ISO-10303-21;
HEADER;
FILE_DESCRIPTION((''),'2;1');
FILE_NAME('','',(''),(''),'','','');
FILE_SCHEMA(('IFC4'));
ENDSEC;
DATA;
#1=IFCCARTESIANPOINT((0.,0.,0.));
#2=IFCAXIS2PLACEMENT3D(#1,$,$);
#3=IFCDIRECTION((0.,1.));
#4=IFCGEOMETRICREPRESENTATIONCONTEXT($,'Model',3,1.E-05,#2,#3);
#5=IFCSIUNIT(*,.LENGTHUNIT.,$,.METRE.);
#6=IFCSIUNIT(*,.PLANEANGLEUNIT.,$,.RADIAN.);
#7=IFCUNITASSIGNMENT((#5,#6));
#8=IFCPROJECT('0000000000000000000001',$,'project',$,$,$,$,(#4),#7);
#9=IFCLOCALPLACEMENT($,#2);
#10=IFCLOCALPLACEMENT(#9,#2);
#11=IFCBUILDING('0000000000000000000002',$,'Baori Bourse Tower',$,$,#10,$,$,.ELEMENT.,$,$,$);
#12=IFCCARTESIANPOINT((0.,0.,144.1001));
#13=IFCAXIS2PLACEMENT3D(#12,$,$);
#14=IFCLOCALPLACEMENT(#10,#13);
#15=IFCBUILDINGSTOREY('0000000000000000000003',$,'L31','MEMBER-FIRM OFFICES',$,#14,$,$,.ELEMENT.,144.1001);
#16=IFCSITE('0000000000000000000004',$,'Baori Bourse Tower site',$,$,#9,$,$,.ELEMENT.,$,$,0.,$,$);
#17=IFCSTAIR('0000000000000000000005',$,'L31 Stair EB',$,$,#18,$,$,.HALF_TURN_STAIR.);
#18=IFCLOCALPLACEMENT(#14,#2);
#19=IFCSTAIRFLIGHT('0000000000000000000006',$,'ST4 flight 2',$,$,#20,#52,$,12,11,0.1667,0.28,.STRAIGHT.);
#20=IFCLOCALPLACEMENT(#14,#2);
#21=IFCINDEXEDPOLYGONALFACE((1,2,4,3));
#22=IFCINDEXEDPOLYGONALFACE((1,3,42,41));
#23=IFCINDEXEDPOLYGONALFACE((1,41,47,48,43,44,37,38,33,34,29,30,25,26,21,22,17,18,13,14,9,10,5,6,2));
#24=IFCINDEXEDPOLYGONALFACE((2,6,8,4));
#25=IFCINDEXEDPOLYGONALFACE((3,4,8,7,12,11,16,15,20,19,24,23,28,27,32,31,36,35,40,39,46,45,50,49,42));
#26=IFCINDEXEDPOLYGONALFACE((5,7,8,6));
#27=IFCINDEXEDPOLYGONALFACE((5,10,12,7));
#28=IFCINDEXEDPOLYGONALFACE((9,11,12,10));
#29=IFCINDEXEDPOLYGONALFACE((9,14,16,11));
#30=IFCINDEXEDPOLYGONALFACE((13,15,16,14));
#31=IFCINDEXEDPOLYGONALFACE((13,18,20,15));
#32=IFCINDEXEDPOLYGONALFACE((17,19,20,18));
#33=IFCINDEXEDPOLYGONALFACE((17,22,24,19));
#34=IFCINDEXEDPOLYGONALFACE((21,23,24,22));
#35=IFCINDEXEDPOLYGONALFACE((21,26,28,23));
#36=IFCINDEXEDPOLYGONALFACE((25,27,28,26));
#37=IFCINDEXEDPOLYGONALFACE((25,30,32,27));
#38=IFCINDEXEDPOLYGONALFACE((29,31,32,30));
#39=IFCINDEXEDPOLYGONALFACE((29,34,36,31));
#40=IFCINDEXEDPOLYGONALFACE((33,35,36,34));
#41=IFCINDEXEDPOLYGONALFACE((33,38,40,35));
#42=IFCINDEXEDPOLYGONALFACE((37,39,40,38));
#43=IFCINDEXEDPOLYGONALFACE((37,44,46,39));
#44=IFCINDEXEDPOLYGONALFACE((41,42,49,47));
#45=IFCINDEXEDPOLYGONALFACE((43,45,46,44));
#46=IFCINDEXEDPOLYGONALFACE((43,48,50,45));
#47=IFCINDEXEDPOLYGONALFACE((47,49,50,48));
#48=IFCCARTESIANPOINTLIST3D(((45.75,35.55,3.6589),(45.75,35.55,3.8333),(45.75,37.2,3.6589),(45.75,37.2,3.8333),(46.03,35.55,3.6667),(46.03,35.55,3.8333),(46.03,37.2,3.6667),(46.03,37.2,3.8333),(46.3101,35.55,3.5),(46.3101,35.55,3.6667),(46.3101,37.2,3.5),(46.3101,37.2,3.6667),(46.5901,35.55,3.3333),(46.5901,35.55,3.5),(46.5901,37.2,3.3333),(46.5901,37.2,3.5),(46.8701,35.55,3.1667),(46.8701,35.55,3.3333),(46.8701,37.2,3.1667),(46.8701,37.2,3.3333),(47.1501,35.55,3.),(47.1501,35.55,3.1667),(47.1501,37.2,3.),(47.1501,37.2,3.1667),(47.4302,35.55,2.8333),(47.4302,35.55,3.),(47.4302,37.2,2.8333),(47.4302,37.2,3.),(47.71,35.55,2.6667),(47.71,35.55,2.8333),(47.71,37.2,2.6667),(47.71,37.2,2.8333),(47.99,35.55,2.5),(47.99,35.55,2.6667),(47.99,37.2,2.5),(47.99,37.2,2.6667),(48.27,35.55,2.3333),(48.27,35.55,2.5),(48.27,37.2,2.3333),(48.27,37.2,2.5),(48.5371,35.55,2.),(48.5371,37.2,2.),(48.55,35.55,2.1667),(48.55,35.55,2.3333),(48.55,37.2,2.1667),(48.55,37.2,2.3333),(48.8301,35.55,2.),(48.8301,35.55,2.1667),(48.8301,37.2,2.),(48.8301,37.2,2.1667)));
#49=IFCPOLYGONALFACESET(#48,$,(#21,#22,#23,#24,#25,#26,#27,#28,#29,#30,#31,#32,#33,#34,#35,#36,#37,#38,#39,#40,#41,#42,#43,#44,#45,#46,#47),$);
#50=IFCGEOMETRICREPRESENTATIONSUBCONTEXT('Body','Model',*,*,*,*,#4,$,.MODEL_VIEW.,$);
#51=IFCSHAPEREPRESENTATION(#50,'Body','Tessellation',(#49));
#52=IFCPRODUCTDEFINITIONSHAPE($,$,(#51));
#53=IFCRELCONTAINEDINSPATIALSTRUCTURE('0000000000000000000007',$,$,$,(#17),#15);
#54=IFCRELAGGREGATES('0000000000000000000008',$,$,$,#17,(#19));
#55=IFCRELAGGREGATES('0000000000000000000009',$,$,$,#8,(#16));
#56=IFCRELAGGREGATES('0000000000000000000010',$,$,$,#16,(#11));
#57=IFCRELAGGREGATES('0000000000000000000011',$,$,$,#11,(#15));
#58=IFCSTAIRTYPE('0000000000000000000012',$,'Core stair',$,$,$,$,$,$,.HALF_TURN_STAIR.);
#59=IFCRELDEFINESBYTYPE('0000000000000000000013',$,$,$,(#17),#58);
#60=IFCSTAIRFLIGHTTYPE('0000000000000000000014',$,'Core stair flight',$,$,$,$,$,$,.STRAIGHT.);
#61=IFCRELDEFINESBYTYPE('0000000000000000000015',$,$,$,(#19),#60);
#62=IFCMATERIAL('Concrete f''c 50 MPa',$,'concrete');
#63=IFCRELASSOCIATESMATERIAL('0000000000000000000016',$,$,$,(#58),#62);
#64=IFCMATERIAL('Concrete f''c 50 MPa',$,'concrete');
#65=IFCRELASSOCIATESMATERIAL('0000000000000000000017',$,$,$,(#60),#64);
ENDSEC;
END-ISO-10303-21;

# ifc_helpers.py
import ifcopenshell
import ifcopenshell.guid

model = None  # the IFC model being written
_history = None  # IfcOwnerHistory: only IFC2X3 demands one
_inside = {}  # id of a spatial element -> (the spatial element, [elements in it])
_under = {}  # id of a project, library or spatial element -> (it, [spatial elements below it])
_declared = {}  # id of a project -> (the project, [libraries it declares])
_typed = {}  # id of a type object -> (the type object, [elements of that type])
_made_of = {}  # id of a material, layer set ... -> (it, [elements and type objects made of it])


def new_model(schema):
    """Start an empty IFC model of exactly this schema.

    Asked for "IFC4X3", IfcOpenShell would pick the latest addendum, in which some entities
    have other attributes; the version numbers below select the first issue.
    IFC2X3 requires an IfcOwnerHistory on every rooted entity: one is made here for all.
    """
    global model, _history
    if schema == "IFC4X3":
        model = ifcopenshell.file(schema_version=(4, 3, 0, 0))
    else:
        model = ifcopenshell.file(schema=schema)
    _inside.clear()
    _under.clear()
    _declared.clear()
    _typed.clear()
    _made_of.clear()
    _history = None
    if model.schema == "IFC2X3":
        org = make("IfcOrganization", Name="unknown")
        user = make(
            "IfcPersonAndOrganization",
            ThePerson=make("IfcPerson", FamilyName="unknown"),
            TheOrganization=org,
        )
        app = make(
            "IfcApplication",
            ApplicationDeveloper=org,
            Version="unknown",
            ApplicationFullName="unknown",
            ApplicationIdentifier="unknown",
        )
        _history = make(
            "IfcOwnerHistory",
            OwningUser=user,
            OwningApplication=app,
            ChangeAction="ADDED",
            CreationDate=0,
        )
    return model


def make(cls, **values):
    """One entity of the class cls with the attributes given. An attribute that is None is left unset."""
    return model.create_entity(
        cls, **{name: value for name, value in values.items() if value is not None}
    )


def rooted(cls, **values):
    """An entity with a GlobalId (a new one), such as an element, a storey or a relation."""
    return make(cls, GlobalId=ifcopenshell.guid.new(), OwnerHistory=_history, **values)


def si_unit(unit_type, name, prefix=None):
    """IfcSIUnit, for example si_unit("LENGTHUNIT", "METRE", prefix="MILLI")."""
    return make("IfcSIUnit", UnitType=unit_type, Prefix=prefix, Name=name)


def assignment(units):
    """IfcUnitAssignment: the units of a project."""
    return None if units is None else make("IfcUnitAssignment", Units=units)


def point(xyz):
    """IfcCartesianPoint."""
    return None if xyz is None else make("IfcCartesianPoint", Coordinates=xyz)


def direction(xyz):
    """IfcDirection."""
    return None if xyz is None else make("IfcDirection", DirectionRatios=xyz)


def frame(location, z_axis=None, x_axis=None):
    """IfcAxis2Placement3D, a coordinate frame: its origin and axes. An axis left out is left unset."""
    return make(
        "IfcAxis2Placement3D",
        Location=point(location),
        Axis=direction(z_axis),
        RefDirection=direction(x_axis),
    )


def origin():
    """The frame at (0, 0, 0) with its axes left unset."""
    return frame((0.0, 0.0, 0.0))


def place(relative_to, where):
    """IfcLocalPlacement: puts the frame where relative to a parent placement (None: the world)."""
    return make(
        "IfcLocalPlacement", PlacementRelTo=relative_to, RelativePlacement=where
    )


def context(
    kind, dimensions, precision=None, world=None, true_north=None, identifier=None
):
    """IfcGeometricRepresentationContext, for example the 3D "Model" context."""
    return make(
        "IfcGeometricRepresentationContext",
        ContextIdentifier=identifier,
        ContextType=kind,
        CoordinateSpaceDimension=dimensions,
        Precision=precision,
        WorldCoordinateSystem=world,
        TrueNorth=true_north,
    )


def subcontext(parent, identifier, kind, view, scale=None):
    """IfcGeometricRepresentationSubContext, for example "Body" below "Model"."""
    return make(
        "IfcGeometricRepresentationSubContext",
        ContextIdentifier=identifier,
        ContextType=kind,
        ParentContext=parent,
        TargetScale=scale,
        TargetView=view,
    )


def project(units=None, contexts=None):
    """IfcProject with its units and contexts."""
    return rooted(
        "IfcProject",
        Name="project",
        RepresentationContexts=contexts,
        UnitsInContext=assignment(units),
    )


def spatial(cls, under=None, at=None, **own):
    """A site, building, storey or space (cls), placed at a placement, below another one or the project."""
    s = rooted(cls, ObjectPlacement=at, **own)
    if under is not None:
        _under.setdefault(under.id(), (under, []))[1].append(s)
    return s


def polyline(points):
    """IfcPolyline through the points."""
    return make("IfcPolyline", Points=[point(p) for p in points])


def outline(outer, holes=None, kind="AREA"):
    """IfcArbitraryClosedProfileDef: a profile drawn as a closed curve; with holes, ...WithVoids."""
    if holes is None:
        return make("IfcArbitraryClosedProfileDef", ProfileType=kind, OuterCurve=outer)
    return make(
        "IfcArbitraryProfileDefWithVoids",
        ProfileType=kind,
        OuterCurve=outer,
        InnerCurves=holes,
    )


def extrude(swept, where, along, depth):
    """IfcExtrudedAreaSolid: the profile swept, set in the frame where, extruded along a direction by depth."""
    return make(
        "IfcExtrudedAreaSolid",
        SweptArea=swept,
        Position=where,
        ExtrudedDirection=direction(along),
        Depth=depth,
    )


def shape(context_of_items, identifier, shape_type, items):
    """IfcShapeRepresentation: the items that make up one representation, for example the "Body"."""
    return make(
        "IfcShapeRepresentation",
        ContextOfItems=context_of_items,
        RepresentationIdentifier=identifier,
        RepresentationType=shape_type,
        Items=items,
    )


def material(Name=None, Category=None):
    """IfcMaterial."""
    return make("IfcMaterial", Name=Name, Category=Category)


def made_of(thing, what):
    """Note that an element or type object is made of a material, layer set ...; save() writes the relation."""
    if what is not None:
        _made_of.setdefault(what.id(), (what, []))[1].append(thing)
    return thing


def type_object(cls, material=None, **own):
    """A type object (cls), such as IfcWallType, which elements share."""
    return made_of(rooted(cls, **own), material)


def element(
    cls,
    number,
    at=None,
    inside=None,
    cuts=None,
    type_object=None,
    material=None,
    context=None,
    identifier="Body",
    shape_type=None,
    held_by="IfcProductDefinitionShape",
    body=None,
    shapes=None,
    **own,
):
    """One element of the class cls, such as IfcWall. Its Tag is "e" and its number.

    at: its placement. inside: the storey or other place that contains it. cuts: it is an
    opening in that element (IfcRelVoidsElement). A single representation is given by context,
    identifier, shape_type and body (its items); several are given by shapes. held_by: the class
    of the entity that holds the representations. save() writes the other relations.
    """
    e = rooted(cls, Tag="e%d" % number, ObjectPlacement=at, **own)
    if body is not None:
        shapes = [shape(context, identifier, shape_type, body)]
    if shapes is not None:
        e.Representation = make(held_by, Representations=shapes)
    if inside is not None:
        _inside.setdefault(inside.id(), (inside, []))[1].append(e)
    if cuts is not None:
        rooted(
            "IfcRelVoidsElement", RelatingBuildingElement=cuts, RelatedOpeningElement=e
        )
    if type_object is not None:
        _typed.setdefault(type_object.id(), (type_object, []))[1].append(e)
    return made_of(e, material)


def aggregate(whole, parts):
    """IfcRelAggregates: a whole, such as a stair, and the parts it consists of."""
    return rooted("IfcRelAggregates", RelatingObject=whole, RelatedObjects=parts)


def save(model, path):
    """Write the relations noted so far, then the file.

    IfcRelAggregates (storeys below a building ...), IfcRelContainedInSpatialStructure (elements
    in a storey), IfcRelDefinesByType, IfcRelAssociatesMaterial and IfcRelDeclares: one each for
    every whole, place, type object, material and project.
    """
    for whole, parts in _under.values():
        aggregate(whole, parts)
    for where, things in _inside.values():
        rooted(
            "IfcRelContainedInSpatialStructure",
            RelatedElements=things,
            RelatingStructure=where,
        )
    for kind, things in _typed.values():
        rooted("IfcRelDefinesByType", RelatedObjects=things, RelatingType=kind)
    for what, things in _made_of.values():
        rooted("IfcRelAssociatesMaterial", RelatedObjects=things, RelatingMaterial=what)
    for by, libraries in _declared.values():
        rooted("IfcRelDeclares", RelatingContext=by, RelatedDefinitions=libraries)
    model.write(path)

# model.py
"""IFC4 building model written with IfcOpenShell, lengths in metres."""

from ifc_helpers import new_model, si_unit, direction, frame, origin, place, context, subcontext, project, spatial, polyline, outline, extrude, material, type_object, element, aggregate, save


model = new_model("IFC4")

# Units and contexts
model_context = context("Model", 3, precision=1e-05, world=origin(), true_north=direction((0.0, 1.0)))
body_context = subcontext(model_context, "Body", "Model", "MODEL_VIEW")
ifc_project = project(units=[si_unit("LENGTHUNIT", "METRE"), si_unit("PLANEANGLEUNIT", "RADIAN")], contexts=[model_context])

# Site, building, storey
site_placement = place(None, origin())
site = spatial("IfcSite", under=ifc_project, at=site_placement, Name="Baori Bourse Tower site", CompositionType="ELEMENT", RefElevation=0.0)
building_placement = place(site_placement, origin())
building = spatial("IfcBuilding", under=site, at=building_placement, Name="Baori Bourse Tower", CompositionType="ELEMENT")
storey_placement = place(building_placement, frame((0.0, 0.0, 144.1001)))
storey = spatial("IfcBuildingStorey", under=building, at=storey_placement, Name="L31", Description="MEMBER-FIRM OFFICES", CompositionType="ELEMENT", Elevation=144.1001)

# Stair, stair flight
ifc_material_1 = material(Name="Concrete f'c 50 MPa", Category="concrete")
stair_type = type_object("IfcStairType", Name="Core stair", PredefinedType="HALF_TURN_STAIR", material=ifc_material_1)
stair_placement = place(storey_placement, origin())
stair = element("IfcStair", 1, at=stair_placement, inside=storey, type_object=stair_type, Name="L31 Stair EB", PredefinedType="HALF_TURN_STAIR")
ifc_material_2 = material(Name="Concrete f'c 50 MPa", Category="concrete")
stair_flight_type = type_object("IfcStairFlightType", Name="Core stair flight", PredefinedType="STRAIGHT", material=ifc_material_2)
stair_flight_1_placement = place(storey_placement, frame((48.8301, 36.375, 2.0), z_axis=(0.0, 0.0, 1.0), x_axis=(-1.0, 0.0, 0.0)))
stair_flight_1 = element("IfcStairFlight", 2, at=stair_flight_1_placement, type_object=stair_flight_type, Name="ST4 flight 2", NumberOfRisers=12, NumberOfTreads=11, PredefinedType="STRAIGHT", RiserHeight=0.1667, TreadLength=0.28, context=body_context, shape_type="SweptSolid", body=[
    extrude(outline(polyline([(0.0, 0.0), (0.0, 0.1667), (0.28, 0.1667), (0.28, 0.3333), (0.5601, 0.3333), (0.5601, 0.5), (0.8401, 0.5), (0.8401, 0.6667), (1.1201, 0.6667), (1.1201, 0.8333), (1.3999, 0.8333), (1.3999, 1.0), (1.6799, 1.0), (1.6799, 1.1667), (1.96, 1.1667), (1.96, 1.3333), (2.24, 1.3333), (2.24, 1.5), (2.52, 1.5), (2.52, 1.6667), (2.8, 1.6667), (2.8, 1.8333), (3.0801, 1.8333), (3.0801, 2.0), (3.0801, 1.6589), (0.293, 0.0), (0.0, 0.0)])), frame((0.0, 0.825, 0.0), z_axis=(0.0, -1.0, 0.0), x_axis=(1.0, 0.0, 0.0)), (0.0, 0.0, 1.0), 1.6499),
])
aggregate(stair, [stair_flight_1])

save(model, "model.ifc")
